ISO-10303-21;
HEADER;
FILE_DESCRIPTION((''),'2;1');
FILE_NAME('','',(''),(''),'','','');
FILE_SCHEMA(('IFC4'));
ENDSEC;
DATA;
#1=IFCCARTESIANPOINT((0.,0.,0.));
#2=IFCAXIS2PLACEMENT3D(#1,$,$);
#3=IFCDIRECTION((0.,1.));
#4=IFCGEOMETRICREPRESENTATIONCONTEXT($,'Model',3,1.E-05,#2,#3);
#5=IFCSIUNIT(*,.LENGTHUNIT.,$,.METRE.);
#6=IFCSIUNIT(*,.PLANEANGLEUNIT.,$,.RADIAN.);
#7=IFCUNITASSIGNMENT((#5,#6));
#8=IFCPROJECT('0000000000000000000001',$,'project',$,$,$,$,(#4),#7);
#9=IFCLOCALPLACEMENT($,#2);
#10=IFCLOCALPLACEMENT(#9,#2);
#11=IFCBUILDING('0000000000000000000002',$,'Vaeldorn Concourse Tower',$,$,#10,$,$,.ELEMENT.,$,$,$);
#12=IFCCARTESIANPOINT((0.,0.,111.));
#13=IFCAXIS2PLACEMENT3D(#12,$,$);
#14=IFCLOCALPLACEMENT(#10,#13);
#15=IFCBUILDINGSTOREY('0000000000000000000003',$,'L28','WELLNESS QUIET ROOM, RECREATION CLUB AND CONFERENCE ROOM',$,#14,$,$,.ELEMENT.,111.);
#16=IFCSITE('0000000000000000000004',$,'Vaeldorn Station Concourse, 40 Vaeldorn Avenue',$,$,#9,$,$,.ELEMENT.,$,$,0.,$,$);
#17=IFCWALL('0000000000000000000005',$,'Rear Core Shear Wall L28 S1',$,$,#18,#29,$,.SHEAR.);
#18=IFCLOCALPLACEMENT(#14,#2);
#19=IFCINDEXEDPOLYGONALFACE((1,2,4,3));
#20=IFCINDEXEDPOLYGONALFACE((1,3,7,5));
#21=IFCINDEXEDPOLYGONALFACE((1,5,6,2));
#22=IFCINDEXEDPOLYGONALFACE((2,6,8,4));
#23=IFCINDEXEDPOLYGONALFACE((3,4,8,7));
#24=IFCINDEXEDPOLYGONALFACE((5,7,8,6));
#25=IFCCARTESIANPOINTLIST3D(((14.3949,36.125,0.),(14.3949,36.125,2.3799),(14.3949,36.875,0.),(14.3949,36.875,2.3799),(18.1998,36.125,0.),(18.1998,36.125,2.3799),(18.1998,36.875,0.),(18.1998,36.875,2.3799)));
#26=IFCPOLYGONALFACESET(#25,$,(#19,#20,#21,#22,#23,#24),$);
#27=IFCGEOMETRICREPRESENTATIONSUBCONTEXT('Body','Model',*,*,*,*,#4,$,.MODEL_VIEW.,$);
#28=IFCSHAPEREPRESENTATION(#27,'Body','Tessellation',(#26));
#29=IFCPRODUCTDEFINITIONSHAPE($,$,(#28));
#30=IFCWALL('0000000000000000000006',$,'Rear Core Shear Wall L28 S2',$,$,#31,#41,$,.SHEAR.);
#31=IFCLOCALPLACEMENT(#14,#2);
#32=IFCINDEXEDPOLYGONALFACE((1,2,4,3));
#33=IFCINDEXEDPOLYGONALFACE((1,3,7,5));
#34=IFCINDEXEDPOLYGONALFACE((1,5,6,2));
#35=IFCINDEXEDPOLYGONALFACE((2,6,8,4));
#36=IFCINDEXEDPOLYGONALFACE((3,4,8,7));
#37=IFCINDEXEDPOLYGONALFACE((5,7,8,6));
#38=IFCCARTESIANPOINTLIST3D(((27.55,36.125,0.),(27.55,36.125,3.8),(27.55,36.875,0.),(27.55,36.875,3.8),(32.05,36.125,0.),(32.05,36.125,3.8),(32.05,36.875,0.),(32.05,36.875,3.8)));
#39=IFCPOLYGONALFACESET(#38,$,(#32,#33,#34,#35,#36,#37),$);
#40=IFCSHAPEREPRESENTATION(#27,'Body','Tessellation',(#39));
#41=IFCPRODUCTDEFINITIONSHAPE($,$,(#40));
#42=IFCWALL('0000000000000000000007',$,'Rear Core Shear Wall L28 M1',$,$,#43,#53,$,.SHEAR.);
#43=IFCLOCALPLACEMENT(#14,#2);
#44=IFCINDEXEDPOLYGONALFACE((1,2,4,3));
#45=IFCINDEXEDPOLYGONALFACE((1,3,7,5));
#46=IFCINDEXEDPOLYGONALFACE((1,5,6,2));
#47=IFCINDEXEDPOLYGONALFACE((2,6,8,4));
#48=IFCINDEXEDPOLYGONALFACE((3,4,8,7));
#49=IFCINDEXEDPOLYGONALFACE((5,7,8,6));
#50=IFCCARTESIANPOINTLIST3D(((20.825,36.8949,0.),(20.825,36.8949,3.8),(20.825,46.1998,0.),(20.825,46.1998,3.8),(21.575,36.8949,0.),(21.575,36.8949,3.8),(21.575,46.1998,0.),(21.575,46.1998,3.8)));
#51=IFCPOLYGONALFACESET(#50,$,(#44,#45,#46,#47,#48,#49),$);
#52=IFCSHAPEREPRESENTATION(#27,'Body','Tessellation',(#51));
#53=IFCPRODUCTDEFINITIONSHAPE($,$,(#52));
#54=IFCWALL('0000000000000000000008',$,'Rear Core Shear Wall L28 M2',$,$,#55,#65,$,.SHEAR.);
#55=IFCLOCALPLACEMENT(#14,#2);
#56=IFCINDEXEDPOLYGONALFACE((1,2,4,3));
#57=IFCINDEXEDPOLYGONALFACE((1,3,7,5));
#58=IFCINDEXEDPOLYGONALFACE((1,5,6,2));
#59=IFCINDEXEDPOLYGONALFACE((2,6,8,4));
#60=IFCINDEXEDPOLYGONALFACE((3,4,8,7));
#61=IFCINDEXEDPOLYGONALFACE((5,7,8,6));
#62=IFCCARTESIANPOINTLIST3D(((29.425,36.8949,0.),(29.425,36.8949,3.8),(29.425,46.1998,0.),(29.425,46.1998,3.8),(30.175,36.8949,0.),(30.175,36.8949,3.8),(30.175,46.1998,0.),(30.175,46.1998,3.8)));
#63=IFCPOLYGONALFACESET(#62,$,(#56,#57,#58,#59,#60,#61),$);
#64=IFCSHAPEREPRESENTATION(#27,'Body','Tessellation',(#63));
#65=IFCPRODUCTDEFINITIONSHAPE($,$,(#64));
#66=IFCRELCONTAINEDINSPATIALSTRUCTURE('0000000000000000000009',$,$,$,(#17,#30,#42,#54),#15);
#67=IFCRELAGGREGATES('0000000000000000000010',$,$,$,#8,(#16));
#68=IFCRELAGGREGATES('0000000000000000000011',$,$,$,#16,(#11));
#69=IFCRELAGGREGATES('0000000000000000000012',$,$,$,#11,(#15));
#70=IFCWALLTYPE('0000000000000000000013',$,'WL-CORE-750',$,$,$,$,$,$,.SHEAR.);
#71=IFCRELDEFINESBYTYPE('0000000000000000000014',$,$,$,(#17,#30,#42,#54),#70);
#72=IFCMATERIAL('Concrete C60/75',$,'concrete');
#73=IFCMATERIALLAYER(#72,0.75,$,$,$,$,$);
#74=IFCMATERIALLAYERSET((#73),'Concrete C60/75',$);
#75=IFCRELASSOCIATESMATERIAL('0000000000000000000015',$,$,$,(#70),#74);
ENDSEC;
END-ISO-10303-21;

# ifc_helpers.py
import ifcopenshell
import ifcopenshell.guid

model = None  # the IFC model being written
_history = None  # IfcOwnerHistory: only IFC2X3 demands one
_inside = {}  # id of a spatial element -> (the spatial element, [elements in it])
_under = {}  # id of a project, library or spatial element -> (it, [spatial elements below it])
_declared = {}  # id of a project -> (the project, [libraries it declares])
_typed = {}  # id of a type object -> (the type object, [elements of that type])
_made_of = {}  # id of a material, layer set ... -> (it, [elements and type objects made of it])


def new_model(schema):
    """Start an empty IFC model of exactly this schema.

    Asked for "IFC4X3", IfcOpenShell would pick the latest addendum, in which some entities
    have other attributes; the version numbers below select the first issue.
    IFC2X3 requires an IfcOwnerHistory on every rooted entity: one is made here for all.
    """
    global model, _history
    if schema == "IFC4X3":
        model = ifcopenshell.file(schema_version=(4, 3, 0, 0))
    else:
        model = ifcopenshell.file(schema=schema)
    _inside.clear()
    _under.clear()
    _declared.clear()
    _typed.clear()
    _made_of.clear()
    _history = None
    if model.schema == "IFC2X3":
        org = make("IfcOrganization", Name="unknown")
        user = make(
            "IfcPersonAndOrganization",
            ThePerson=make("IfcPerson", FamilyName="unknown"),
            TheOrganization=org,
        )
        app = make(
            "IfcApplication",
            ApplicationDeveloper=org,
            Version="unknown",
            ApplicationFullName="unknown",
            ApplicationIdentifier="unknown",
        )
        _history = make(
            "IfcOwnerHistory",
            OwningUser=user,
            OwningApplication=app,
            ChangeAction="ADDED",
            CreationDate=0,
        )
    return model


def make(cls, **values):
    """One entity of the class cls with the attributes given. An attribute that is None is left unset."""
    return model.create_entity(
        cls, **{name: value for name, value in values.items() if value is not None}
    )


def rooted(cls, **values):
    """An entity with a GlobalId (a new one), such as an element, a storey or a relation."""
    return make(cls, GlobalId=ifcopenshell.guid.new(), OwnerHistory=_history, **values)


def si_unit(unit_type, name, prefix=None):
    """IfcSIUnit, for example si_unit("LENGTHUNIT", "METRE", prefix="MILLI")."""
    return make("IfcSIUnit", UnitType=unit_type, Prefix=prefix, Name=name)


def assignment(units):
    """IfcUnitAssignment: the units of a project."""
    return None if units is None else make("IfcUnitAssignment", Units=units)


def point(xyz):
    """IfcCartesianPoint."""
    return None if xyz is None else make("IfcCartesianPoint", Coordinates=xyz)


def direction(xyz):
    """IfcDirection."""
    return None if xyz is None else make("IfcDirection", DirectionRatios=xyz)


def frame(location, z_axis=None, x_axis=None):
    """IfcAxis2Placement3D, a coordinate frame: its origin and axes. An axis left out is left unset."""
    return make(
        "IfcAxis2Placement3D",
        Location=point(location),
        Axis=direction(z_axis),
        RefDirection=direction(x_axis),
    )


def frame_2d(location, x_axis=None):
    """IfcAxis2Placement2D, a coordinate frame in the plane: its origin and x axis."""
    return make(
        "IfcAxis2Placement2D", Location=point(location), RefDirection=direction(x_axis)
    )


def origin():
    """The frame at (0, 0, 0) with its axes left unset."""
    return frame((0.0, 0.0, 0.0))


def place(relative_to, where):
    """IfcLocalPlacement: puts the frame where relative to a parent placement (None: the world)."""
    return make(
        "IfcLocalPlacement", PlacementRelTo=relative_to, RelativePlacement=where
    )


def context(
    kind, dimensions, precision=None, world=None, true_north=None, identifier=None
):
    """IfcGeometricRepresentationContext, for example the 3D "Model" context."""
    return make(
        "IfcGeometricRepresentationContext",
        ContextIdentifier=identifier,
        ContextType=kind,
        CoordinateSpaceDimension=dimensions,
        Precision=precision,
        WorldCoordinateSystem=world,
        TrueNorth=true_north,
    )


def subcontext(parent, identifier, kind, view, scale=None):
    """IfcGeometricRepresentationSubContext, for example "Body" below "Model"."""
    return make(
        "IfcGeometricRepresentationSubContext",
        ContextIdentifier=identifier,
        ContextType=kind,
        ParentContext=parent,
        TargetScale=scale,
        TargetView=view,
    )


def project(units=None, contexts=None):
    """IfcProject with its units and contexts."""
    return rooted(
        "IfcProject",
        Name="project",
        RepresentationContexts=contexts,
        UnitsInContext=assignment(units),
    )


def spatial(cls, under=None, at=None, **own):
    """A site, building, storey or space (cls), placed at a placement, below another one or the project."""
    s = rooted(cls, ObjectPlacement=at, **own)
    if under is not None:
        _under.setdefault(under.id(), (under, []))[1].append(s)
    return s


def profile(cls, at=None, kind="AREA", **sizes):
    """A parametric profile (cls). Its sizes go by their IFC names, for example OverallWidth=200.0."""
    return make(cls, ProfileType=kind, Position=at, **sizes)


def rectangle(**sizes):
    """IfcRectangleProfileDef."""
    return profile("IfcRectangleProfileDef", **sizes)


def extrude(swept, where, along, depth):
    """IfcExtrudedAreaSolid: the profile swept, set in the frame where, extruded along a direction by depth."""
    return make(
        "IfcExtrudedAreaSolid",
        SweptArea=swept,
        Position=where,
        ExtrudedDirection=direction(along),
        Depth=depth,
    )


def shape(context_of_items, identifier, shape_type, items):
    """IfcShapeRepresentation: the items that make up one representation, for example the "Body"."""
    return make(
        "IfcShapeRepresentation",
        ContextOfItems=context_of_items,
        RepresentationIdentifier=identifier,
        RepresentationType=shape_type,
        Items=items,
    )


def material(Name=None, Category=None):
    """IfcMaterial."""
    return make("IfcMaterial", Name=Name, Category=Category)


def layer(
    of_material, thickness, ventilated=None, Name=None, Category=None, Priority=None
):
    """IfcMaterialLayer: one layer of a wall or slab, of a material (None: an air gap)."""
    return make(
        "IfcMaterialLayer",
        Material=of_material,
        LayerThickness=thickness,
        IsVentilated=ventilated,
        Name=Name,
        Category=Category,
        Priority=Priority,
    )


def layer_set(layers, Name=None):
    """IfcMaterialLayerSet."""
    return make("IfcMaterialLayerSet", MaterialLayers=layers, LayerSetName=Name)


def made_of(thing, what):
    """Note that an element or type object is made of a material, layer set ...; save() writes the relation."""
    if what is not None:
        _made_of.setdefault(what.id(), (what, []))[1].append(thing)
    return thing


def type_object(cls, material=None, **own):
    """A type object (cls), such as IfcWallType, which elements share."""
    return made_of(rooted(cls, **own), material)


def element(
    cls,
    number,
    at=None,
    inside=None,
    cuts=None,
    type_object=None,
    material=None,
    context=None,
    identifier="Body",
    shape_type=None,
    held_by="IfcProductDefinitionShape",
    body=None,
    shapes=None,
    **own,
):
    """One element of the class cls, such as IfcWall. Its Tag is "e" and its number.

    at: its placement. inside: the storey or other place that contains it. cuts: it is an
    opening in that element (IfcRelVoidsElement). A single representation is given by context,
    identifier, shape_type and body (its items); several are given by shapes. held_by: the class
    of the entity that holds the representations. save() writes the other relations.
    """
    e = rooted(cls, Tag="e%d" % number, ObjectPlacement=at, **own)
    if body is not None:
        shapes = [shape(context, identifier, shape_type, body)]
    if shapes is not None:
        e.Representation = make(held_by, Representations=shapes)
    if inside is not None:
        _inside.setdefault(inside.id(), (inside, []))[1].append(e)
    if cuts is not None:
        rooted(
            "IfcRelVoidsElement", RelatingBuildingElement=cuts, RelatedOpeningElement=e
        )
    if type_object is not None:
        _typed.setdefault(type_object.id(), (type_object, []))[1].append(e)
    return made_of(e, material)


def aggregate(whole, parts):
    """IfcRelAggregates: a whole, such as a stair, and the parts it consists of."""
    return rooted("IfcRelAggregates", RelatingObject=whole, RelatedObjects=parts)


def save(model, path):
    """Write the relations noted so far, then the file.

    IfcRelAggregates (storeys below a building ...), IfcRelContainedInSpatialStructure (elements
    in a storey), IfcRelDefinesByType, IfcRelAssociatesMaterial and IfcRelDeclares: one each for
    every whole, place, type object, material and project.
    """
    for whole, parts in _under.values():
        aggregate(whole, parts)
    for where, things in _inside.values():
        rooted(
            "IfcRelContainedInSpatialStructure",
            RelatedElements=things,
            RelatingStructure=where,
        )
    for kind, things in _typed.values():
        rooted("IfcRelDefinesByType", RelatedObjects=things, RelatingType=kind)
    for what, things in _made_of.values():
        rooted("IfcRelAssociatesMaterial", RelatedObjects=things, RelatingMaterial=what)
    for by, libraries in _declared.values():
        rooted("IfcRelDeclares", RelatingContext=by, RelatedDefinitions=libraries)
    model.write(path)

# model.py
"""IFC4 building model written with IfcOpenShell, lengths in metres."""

from ifc_helpers import new_model, si_unit, direction, frame, frame_2d, origin, place, context, subcontext, project, spatial, rectangle, extrude, material, layer, layer_set, type_object, element, save


model = new_model("IFC4")

# Units and contexts
model_context = context("Model", 3, precision=1e-05, world=origin(), true_north=direction((0.0, 1.0)))
body_context = subcontext(model_context, "Body", "Model", "MODEL_VIEW")
ifc_project = project(units=[si_unit("LENGTHUNIT", "METRE"), si_unit("PLANEANGLEUNIT", "RADIAN")], contexts=[model_context])

# Site, building, storey
site_placement = place(None, origin())
site = spatial("IfcSite", under=ifc_project, at=site_placement, Name="Vaeldorn Station Concourse, 40 Vaeldorn Avenue", CompositionType="ELEMENT", RefElevation=0.0)
building_placement = place(site_placement, origin())
building = spatial("IfcBuilding", under=site, at=building_placement, Name="Vaeldorn Concourse Tower", CompositionType="ELEMENT")
storey_placement = place(building_placement, frame((0.0, 0.0, 111.0)))
storey = spatial("IfcBuildingStorey", under=building, at=storey_placement, Name="L28", Description="WELLNESS QUIET ROOM, RECREATION CLUB AND CONFERENCE ROOM", CompositionType="ELEMENT", Elevation=111.0)

# Walls
ifc_material_1 = material(Name="Concrete C60/75", Category="concrete")
ifc_layer_1 = layer(ifc_material_1, 0.75)
ifc_layer_set_1 = layer_set([ifc_layer_1], Name="Concrete C60/75")
wall_type_1 = type_object("IfcWallType", Name="WL-CORE-750", PredefinedType="SHEAR", material=ifc_layer_set_1)
wall_1_placement = place(storey_placement, frame((14.395, 36.5, 0.0), z_axis=(0.0, 0.0, 1.0), x_axis=(1.0, 0.0, 0.0)))
element("IfcWall", 1, at=wall_1_placement, inside=storey, type_object=wall_type_1, Name="Rear Core Shear Wall L28 S1", PredefinedType="SHEAR", context=body_context, shape_type="SweptSolid", body=[
    extrude(rectangle(XDim=3.8049, YDim=0.75, at=frame_2d((1.9023, 0.0))), origin(), (0.0, 0.0, 1.0), 2.3799),
])
wall_2_placement = place(storey_placement, frame((27.55, 36.5, 0.0), z_axis=(0.0, 0.0, 1.0), x_axis=(1.0, 0.0, 0.0)))
element("IfcWall", 2, at=wall_2_placement, inside=storey, type_object=wall_type_1, Name="Rear Core Shear Wall L28 S2", PredefinedType="SHEAR", context=body_context, shape_type="SweptSolid", body=[
    extrude(rectangle(XDim=4.5, YDim=0.75, at=frame_2d((2.25, 0.0))), origin(), (0.0, 0.0, 1.0), 3.8),
])
for number, where, z_axis, x_axis, name in (
    (3, (21.2, 36.895, 0.0), (0.0, 0.0, 1.0), (0.0, 1.0, 0.0), "Rear Core Shear Wall L28 M1"),
    (4, (29.8, 36.895, 0.0), (0.0, 0.0, 1.0), (0.0, 1.0, 0.0), "Rear Core Shear Wall L28 M2"),
):
    element("IfcWall", number, at=place(storey_placement, frame(where, z_axis=z_axis, x_axis=x_axis)), inside=storey, type_object=wall_type_1, Name=name, PredefinedType="SHEAR", context=body_context, shape_type="SweptSolid", body=[
        extrude(rectangle(XDim=9.3049, YDim=0.75, at=frame_2d((4.6523, 0.0))), origin(), (0.0, 0.0, 1.0), 3.8),
    ])

save(model, "model.ifc")
